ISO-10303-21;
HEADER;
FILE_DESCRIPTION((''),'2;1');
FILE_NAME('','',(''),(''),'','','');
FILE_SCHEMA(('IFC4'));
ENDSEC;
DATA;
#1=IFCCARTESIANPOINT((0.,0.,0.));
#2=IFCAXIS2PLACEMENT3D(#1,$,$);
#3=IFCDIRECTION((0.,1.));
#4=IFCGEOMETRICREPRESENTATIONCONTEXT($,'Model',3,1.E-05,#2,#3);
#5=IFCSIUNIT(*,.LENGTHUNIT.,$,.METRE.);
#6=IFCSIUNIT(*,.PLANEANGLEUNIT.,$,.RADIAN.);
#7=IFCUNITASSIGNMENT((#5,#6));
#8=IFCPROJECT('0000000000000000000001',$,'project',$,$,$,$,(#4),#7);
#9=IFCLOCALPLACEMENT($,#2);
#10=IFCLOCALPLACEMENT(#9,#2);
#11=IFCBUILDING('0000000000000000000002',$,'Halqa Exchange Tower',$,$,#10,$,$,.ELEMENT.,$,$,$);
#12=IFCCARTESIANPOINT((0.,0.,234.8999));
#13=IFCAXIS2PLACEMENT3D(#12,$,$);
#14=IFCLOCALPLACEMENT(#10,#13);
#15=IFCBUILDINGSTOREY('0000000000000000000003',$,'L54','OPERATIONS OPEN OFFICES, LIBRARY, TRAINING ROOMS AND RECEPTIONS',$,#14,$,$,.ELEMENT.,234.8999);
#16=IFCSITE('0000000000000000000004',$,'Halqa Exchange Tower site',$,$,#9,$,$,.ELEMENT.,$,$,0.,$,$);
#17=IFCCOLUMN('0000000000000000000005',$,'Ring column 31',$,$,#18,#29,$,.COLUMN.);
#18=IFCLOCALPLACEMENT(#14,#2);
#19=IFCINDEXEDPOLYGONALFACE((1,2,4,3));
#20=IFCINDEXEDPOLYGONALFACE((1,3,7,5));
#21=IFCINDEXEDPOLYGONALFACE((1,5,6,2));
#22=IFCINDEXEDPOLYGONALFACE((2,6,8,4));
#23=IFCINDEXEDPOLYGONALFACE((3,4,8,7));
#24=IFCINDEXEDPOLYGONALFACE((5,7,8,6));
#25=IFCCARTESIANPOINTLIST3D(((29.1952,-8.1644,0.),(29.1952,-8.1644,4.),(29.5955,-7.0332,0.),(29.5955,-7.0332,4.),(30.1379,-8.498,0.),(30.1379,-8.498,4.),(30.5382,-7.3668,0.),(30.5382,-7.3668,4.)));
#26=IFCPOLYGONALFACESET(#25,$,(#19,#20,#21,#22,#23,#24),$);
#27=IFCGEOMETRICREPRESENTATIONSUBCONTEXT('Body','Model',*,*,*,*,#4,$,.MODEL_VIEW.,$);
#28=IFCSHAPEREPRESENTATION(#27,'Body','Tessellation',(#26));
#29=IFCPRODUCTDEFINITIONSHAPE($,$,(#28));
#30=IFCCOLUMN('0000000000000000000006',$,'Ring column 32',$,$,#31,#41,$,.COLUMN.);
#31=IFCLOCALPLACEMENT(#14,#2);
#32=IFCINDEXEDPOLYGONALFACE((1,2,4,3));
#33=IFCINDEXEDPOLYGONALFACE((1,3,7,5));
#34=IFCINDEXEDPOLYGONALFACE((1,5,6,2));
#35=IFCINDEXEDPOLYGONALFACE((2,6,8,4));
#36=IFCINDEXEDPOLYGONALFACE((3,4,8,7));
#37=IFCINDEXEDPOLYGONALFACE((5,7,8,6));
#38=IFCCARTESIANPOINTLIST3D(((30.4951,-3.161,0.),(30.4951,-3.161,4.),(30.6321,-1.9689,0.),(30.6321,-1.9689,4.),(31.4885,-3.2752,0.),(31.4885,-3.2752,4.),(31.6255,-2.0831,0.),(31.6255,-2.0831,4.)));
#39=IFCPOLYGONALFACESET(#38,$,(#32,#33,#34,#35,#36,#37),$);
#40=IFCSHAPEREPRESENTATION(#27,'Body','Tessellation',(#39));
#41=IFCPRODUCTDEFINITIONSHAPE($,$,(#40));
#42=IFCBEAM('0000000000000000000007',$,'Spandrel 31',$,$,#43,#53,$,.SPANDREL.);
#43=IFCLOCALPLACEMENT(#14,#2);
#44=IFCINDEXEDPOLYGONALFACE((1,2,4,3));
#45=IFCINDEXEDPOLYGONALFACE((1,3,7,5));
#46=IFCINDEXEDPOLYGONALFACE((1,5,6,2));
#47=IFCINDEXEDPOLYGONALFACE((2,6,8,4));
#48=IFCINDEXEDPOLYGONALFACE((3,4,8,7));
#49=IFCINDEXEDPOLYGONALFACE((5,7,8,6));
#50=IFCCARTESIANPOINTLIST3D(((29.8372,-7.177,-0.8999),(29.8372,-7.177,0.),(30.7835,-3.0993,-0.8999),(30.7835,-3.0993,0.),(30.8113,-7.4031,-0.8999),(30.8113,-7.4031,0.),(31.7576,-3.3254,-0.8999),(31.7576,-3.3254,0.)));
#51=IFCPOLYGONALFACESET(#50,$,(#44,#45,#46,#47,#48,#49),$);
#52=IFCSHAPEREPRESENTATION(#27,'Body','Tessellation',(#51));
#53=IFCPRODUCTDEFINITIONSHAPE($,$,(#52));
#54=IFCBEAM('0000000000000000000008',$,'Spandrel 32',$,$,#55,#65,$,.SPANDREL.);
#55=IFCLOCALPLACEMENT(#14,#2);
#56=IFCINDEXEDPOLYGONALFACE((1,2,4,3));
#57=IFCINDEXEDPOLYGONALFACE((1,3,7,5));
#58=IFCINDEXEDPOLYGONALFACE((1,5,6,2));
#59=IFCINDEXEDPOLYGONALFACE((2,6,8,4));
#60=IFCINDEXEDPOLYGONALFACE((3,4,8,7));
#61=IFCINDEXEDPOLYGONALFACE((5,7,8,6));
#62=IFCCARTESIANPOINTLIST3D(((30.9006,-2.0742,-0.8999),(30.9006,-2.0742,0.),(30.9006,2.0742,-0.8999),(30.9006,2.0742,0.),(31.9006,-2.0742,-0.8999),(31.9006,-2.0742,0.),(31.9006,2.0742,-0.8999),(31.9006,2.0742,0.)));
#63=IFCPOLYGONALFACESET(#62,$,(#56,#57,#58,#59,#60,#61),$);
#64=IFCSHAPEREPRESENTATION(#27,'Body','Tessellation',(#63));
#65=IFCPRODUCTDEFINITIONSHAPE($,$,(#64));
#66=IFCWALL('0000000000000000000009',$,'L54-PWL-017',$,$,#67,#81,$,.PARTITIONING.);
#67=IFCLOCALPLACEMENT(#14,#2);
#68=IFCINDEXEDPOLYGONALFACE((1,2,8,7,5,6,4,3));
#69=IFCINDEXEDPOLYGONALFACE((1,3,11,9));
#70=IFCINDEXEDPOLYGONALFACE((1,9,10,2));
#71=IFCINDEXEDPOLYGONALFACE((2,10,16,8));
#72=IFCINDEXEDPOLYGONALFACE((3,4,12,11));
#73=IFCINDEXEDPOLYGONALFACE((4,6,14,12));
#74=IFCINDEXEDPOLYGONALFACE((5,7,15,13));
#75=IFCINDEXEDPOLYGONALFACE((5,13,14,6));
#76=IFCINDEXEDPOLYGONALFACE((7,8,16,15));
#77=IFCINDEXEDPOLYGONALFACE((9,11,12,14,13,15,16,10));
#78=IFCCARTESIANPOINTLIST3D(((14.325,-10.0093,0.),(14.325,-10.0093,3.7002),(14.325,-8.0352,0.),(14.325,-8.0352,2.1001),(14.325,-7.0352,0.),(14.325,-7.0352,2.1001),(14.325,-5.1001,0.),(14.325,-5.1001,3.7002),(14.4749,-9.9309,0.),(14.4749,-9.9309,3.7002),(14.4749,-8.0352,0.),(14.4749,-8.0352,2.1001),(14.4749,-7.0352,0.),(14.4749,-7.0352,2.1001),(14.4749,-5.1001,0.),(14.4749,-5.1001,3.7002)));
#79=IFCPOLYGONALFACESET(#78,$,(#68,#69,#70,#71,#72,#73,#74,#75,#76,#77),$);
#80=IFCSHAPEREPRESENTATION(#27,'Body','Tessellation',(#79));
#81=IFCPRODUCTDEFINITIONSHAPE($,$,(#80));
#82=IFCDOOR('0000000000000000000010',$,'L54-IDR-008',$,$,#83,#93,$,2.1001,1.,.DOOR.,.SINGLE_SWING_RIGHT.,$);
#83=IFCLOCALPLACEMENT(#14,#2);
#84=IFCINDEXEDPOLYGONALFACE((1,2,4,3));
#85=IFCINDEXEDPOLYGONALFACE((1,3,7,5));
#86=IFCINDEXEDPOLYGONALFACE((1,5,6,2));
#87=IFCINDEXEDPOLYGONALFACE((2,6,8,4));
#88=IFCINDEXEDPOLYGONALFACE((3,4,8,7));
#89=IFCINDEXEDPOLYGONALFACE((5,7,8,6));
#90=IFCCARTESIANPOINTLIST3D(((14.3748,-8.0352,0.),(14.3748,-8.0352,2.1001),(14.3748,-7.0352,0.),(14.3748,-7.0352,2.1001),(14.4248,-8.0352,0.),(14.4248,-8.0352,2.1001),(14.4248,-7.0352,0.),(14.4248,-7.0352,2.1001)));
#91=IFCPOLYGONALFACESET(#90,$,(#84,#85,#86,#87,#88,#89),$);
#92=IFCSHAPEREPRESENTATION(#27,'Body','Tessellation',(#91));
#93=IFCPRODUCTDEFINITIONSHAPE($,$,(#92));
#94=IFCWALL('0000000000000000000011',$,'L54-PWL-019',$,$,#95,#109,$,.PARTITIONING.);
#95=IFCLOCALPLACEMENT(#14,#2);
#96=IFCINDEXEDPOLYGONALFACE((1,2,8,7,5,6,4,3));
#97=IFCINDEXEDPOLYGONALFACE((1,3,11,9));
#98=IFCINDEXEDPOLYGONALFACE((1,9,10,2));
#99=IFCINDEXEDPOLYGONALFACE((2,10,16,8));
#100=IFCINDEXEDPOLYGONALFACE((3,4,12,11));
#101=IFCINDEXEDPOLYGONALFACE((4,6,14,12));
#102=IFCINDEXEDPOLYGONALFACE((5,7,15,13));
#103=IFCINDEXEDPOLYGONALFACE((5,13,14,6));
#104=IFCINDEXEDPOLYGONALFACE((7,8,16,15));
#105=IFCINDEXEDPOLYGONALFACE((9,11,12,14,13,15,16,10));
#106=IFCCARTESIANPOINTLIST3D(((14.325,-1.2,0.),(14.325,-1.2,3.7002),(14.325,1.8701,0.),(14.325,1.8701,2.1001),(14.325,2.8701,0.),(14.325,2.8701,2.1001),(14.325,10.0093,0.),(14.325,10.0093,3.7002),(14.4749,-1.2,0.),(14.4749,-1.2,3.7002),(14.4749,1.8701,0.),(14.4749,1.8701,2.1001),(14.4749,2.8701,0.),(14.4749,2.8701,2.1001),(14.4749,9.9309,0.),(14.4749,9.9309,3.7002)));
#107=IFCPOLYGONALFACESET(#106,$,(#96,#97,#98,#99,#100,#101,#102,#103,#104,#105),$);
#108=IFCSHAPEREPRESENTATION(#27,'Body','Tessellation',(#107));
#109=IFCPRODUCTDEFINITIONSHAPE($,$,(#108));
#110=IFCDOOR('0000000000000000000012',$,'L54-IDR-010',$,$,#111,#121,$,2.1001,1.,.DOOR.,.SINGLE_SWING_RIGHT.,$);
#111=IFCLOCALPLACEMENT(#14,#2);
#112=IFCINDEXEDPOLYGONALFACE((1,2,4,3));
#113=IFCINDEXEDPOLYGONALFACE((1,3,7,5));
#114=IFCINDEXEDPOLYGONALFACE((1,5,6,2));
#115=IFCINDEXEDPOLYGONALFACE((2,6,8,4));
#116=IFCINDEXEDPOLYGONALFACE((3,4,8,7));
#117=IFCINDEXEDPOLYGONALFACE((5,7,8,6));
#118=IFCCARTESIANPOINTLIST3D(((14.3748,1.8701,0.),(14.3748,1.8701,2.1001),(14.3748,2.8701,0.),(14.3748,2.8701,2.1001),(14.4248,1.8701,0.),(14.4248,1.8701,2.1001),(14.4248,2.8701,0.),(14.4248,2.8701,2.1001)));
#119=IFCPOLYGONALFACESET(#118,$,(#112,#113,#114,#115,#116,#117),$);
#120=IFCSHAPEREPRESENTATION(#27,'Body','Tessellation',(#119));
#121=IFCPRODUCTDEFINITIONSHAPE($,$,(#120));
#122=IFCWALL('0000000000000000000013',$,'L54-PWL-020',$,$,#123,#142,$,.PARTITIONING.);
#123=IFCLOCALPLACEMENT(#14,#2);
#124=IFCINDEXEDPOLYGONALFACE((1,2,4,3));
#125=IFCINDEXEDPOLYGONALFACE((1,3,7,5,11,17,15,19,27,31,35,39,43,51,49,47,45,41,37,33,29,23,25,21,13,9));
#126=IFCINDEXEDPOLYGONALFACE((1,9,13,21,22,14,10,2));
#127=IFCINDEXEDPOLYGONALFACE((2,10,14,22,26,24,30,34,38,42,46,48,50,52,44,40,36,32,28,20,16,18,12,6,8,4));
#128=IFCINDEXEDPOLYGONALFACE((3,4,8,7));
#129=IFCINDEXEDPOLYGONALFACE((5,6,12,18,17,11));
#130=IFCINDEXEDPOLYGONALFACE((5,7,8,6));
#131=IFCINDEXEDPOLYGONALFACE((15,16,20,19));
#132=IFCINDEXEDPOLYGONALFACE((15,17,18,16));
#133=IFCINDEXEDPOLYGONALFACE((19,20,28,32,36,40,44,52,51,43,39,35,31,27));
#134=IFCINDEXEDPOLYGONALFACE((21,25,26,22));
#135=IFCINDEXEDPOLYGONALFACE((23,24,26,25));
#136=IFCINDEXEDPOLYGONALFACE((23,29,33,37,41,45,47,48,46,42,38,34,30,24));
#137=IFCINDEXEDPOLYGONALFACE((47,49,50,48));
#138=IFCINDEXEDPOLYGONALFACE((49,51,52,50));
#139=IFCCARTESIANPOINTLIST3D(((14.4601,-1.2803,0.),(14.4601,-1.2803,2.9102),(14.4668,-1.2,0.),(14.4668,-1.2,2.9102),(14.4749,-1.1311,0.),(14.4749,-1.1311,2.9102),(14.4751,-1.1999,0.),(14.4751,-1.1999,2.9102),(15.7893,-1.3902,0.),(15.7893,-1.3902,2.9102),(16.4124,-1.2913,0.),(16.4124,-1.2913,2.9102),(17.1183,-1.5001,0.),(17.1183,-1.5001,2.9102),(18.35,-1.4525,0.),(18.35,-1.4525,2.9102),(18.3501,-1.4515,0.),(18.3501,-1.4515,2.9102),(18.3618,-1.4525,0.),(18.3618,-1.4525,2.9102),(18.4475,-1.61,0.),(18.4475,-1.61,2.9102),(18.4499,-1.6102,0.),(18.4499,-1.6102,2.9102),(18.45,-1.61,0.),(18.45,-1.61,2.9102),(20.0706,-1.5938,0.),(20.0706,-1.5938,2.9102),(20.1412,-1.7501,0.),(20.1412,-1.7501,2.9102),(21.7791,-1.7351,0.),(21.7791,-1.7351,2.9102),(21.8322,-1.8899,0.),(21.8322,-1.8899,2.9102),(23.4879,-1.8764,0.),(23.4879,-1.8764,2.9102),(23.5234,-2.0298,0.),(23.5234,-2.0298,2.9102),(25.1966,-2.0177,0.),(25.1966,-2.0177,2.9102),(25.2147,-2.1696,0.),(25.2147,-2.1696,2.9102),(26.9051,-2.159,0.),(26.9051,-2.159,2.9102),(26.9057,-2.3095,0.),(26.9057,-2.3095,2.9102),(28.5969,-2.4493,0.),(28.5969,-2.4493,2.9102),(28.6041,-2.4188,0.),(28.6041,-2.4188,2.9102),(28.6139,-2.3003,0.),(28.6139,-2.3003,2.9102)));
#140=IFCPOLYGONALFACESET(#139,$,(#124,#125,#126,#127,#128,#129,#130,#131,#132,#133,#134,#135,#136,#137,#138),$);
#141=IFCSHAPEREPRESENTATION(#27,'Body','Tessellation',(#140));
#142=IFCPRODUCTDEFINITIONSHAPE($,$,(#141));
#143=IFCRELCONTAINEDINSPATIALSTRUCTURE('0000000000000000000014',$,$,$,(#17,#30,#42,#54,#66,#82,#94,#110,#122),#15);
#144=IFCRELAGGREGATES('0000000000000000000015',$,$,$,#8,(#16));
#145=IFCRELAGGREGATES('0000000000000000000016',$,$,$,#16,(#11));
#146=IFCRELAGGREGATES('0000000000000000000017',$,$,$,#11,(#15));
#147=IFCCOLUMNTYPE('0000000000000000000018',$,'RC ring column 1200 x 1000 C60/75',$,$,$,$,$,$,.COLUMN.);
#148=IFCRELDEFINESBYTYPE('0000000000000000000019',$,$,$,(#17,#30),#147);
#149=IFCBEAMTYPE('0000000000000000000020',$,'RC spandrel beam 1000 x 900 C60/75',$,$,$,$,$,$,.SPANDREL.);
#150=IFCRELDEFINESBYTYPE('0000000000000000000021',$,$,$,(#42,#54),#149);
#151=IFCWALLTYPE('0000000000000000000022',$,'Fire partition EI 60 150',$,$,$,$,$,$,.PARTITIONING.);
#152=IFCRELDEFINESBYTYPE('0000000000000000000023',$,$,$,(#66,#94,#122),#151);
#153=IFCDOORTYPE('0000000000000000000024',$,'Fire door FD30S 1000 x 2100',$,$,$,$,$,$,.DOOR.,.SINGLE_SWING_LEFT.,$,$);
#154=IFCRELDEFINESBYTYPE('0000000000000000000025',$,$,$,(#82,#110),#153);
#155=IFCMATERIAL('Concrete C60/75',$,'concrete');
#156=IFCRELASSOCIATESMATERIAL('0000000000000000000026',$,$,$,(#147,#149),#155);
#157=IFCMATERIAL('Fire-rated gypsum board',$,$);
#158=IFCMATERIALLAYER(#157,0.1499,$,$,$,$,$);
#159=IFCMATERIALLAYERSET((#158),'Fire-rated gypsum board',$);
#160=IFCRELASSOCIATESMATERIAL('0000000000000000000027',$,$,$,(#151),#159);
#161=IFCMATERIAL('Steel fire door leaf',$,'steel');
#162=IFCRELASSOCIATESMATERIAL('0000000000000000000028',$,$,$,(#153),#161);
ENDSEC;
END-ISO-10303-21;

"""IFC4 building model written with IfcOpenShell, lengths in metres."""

from ifc_helpers import new_model, si_unit, direction, frame, frame_2d, origin, origin_2d, place, context, subcontext, project, spatial, polyline, rectangle, outline, extrude, material, layer, layer_set, material_profile, profile_set, type_object, element, fill, save


model = new_model("IFC4")

# Units and contexts
model_context = context("Model", 3, precision=1e-05, world=origin(), true_north=direction((0.0, 1.0)))
body_context = subcontext(model_context, "Body", "Model", "MODEL_VIEW")
ifc_project = project(units=[si_unit("LENGTHUNIT", "METRE"), si_unit("PLANEANGLEUNIT", "RADIAN")], contexts=[model_context])

# Site, building, storey
site_placement = place(None, origin())
site = spatial("IfcSite", under=ifc_project, at=site_placement, Name="Halqa Exchange Tower site", CompositionType="ELEMENT", RefElevation=0.0)
building_placement = place(site_placement, origin())
building = spatial("IfcBuilding", under=site, at=building_placement, Name="Halqa Exchange Tower", CompositionType="ELEMENT")
storey_placement = place(building_placement, frame((0.0, 0.0, 234.8999)))
storey = spatial("IfcBuildingStorey", under=building, at=storey_placement, Name="L54", Description="OPERATIONS OPEN OFFICES, LIBRARY, TRAINING ROOMS AND RECEPTIONS", CompositionType="ELEMENT", Elevation=234.8999)

# Columns
ifc_material_1 = material(Name="Concrete C60/75", Category="concrete")
ifc_material_profile_1 = material_profile(ifc_material_1, rectangle(XDim=1.2, YDim=1.0, at=origin_2d()), Name="1200 x 1000")
ifc_profile_set_1 = profile_set([ifc_material_profile_1], Name="Concrete C60/75")
column_type = type_object("IfcColumnType", Name="RC ring column 1200 x 1000 C60/75", PredefinedType="COLUMN", material=ifc_profile_set_1)
for number, where, z_axis, x_axis, name in (
    (1, (29.8667, -7.7656, 0.0), (0.0, 0.0, 1.0), (0.333624, 0.942706, 0.0), "Ring column 31"),
    (2, (31.0603, -2.6221, 0.0), (0.0, 0.0, 1.0), (0.114153, 0.993463, 0.0), "Ring column 32"),
):
    element("IfcColumn", number, at=place(storey_placement, frame(where, z_axis=z_axis, x_axis=x_axis)), inside=storey, type_object=column_type, Name=name, PredefinedType="COLUMN", context=body_context, shape_type="SweptSolid", body=[
        extrude(rectangle(XDim=1.2, YDim=1.0, at=origin_2d()), origin(), (0.0, 0.0, 1.0), 4.0),
    ])

# Beams
ifc_material_profile_2 = material_profile(ifc_material_1, rectangle(XDim=1.0, YDim=0.8999, at=origin_2d()), Name="1000 x 900")
ifc_profile_set_2 = profile_set([ifc_material_profile_2], Name="Concrete C60/75")
beam_type = type_object("IfcBeamType", Name="RC spandrel beam 1000 x 900 C60/75", PredefinedType="SPANDREL", material=ifc_profile_set_2)
beam_1_placement = place(storey_placement, frame((30.3242, -7.29, -0.45), z_axis=(0.226061, 0.974113, 0.0), x_axis=(-0.974113, 0.226061, 0.0)))
element("IfcBeam", 3, at=beam_1_placement, inside=storey, type_object=beam_type, Name="Spandrel 31", PredefinedType="SPANDREL", context=body_context, shape_type="SweptSolid", body=[
    extrude(rectangle(XDim=1.0, YDim=0.8999, at=origin_2d()), origin(), (0.0, 0.0, 1.0), 4.186),
])
beam_2_placement = place(storey_placement, frame((31.4006, -2.0742, -0.45), z_axis=(0.0, 1.0, 0.0), x_axis=(-1.0, 0.0, 0.0)))
element("IfcBeam", 4, at=beam_2_placement, inside=storey, type_object=beam_type, Name="Spandrel 32", PredefinedType="SPANDREL", context=body_context, shape_type="SweptSolid", body=[
    extrude(rectangle(XDim=1.0, YDim=0.8999, at=origin_2d()), origin(), (0.0, 0.0, 1.0), 4.1484),
])

# Shared definitions
ifc_material_2 = material(Name="Fire-rated gypsum board")
ifc_layer_1 = layer(ifc_material_2, 0.1499)
ifc_layer_set_1 = layer_set([ifc_layer_1], Name="Fire-rated gypsum board")
wall_type_1 = type_object("IfcWallType", Name="Fire partition EI 60 150", PredefinedType="PARTITIONING", material=ifc_layer_set_1)

# Walls, openings, doors
wall_1_placement = place(storey_placement, frame((14.3999, -5.1001, 0.0), z_axis=(0.0, 0.0, 1.0), x_axis=(0.0, -1.0, 0.0)))
wall_1 = element("IfcWall", 5, at=wall_1_placement, inside=storey, type_object=wall_type_1, Name="L54-PWL-017", PredefinedType="PARTITIONING", context=body_context, shape_type="SweptSolid", body=[
    extrude(outline(polyline([(4.9092, -0.075), (4.9092, -0.075), (4.8308, 0.075), (3.2205, 0.075), (1.6104, 0.075), (0.0, 0.075), (0.0, -0.075), (1.6365, -0.075), (3.2727, -0.075), (4.9092, -0.075)])), origin(), (0.0, 0.0, 1.0), 3.7002),
])
opening_1_placement = place(wall_1_placement, frame((1.9351, 0.0, 0.0)))
opening_1 = element("IfcOpeningElement", 6, at=opening_1_placement, cuts=wall_1, PredefinedType="OPENING", context=body_context, shape_type="SweptSolid", body=[
    extrude(rectangle(XDim=1.0, YDim=2.1001, at=frame_2d((0.5, 1.05))), frame((0.0, 0.0869, 0.0), z_axis=(0.0, -1.0, 0.0), x_axis=(1.0, 0.0, 0.0)), (0.0, 0.0, 1.0), 0.1738),
])
ifc_material_3 = material(Name="Steel fire door leaf", Category="steel")
door_type_1 = type_object("IfcDoorType", Name="Fire door FD30S 1000 x 2100", OperationType="SINGLE_SWING_LEFT", PredefinedType="DOOR", material=ifc_material_3)
door_1_placement = place(opening_1_placement, origin())
door_1 = element("IfcDoor", 7, at=door_1_placement, inside=storey, type_object=door_type_1, Name="L54-IDR-008", OperationType="SINGLE_SWING_RIGHT", OverallHeight=2.1001, OverallWidth=1.0, PredefinedType="DOOR", context=body_context, shape_type="SweptSolid", body=[
    extrude(rectangle(XDim=1.0, YDim=2.1001, at=frame_2d((0.5, 1.05))), frame((0.0, 0.0249, 0.0), z_axis=(0.0, -1.0, 0.0), x_axis=(1.0, 0.0, 0.0)), (0.0, 0.0, 1.0), 0.05),
])
fill(opening_1, door_1)
wall_2_placement = place(storey_placement, frame((14.3999, -1.2, 0.0), z_axis=(0.0, 0.0, 1.0), x_axis=(0.0, 1.0, 0.0)))
wall_2 = element("IfcWall", 8, at=wall_2_placement, inside=storey, type_object=wall_type_1, Name="L54-PWL-019", PredefinedType="PARTITIONING", context=body_context, shape_type="SweptSolid", body=[
    extrude(outline(polyline([(0.0, -0.075), (1.8552, -0.075), (3.7102, -0.075), (5.5654, -0.075), (7.4204, -0.075), (9.2756, -0.075), (11.1309, -0.075), (11.2092, 0.075), (11.2092, 0.075), (9.3411, 0.075), (7.4729, 0.075), (5.6045, 0.075), (3.7363, 0.075), (1.8682, 0.075), (0.0, 0.075), (0.0, -0.075)])), origin(), (0.0, 0.0, 1.0), 3.7002),
])
opening_2_placement = place(wall_2_placement, frame((3.0701, 0.0, 0.0)))
opening_2 = element("IfcOpeningElement", 9, at=opening_2_placement, cuts=wall_2, PredefinedType="OPENING", context=body_context, shape_type="SweptSolid", body=[
    extrude(rectangle(XDim=1.0, YDim=2.1001, at=frame_2d((0.5, 1.05))), frame((0.0, 0.0869, 0.0), z_axis=(0.0, -1.0, 0.0), x_axis=(1.0, 0.0, 0.0)), (0.0, 0.0, 1.0), 0.1738),
])
door_2_placement = place(opening_2_placement, frame((1.0, 0.0, 0.0), z_axis=(0.0, 0.0, 1.0), x_axis=(-1.0, 0.0, 0.0)))
door_2 = element("IfcDoor", 10, at=door_2_placement, inside=storey, type_object=door_type_1, Name="L54-IDR-010", OperationType="SINGLE_SWING_RIGHT", OverallHeight=2.1001, OverallWidth=1.0, PredefinedType="DOOR", context=body_context, shape_type="SweptSolid", body=[
    extrude(rectangle(XDim=1.0, YDim=2.1001, at=frame_2d((0.5, 1.05))), frame((0.0, 0.0249, 0.0), z_axis=(0.0, -1.0, 0.0), x_axis=(1.0, 0.0, 0.0)), (0.0, 0.0, 1.0), 0.05),
])
fill(opening_2, door_2)

# Wall
wall_3_placement = place(storey_placement, frame((14.4663, -1.2056, 0.0), z_axis=(0.0, 0.0, 1.0), x_axis=(0.996598, -0.082415, 0.0)))
element("IfcWall", 11, at=wall_3_placement, inside=storey, type_object=wall_type_1, Name="L54-PWL-020", PredefinedType="PARTITIONING", context=body_context, shape_type="SweptSolid", body=[
    extrude(outline(polyline([(0.0, -0.075), (1.3337, -0.075), (2.6672, -0.075), (4.001, -0.075), (4.0034, -0.0747), (4.0034, -0.075), (5.7004, -0.075), (7.3972, -0.075), (9.0942, -0.075), (10.7913, -0.075), (12.488, -0.075), (14.1851, -0.075), (14.1897, -0.0439), (14.1897, 0.075), (12.4751, 0.075), (10.7607, 0.075), (9.0461, 0.075), (7.3315, 0.075), (5.6172, 0.075), (3.9026, 0.075), (3.8909, 0.074), (3.8909, 0.075), (1.9465, 0.075), (0.0024, 0.075), (0.0083, 0.0063), (0.0, 0.0056), (0.0, -0.075)])), origin(), (0.0, 0.0, 1.0), 2.9102),
])

save(model, "model.ifc")
